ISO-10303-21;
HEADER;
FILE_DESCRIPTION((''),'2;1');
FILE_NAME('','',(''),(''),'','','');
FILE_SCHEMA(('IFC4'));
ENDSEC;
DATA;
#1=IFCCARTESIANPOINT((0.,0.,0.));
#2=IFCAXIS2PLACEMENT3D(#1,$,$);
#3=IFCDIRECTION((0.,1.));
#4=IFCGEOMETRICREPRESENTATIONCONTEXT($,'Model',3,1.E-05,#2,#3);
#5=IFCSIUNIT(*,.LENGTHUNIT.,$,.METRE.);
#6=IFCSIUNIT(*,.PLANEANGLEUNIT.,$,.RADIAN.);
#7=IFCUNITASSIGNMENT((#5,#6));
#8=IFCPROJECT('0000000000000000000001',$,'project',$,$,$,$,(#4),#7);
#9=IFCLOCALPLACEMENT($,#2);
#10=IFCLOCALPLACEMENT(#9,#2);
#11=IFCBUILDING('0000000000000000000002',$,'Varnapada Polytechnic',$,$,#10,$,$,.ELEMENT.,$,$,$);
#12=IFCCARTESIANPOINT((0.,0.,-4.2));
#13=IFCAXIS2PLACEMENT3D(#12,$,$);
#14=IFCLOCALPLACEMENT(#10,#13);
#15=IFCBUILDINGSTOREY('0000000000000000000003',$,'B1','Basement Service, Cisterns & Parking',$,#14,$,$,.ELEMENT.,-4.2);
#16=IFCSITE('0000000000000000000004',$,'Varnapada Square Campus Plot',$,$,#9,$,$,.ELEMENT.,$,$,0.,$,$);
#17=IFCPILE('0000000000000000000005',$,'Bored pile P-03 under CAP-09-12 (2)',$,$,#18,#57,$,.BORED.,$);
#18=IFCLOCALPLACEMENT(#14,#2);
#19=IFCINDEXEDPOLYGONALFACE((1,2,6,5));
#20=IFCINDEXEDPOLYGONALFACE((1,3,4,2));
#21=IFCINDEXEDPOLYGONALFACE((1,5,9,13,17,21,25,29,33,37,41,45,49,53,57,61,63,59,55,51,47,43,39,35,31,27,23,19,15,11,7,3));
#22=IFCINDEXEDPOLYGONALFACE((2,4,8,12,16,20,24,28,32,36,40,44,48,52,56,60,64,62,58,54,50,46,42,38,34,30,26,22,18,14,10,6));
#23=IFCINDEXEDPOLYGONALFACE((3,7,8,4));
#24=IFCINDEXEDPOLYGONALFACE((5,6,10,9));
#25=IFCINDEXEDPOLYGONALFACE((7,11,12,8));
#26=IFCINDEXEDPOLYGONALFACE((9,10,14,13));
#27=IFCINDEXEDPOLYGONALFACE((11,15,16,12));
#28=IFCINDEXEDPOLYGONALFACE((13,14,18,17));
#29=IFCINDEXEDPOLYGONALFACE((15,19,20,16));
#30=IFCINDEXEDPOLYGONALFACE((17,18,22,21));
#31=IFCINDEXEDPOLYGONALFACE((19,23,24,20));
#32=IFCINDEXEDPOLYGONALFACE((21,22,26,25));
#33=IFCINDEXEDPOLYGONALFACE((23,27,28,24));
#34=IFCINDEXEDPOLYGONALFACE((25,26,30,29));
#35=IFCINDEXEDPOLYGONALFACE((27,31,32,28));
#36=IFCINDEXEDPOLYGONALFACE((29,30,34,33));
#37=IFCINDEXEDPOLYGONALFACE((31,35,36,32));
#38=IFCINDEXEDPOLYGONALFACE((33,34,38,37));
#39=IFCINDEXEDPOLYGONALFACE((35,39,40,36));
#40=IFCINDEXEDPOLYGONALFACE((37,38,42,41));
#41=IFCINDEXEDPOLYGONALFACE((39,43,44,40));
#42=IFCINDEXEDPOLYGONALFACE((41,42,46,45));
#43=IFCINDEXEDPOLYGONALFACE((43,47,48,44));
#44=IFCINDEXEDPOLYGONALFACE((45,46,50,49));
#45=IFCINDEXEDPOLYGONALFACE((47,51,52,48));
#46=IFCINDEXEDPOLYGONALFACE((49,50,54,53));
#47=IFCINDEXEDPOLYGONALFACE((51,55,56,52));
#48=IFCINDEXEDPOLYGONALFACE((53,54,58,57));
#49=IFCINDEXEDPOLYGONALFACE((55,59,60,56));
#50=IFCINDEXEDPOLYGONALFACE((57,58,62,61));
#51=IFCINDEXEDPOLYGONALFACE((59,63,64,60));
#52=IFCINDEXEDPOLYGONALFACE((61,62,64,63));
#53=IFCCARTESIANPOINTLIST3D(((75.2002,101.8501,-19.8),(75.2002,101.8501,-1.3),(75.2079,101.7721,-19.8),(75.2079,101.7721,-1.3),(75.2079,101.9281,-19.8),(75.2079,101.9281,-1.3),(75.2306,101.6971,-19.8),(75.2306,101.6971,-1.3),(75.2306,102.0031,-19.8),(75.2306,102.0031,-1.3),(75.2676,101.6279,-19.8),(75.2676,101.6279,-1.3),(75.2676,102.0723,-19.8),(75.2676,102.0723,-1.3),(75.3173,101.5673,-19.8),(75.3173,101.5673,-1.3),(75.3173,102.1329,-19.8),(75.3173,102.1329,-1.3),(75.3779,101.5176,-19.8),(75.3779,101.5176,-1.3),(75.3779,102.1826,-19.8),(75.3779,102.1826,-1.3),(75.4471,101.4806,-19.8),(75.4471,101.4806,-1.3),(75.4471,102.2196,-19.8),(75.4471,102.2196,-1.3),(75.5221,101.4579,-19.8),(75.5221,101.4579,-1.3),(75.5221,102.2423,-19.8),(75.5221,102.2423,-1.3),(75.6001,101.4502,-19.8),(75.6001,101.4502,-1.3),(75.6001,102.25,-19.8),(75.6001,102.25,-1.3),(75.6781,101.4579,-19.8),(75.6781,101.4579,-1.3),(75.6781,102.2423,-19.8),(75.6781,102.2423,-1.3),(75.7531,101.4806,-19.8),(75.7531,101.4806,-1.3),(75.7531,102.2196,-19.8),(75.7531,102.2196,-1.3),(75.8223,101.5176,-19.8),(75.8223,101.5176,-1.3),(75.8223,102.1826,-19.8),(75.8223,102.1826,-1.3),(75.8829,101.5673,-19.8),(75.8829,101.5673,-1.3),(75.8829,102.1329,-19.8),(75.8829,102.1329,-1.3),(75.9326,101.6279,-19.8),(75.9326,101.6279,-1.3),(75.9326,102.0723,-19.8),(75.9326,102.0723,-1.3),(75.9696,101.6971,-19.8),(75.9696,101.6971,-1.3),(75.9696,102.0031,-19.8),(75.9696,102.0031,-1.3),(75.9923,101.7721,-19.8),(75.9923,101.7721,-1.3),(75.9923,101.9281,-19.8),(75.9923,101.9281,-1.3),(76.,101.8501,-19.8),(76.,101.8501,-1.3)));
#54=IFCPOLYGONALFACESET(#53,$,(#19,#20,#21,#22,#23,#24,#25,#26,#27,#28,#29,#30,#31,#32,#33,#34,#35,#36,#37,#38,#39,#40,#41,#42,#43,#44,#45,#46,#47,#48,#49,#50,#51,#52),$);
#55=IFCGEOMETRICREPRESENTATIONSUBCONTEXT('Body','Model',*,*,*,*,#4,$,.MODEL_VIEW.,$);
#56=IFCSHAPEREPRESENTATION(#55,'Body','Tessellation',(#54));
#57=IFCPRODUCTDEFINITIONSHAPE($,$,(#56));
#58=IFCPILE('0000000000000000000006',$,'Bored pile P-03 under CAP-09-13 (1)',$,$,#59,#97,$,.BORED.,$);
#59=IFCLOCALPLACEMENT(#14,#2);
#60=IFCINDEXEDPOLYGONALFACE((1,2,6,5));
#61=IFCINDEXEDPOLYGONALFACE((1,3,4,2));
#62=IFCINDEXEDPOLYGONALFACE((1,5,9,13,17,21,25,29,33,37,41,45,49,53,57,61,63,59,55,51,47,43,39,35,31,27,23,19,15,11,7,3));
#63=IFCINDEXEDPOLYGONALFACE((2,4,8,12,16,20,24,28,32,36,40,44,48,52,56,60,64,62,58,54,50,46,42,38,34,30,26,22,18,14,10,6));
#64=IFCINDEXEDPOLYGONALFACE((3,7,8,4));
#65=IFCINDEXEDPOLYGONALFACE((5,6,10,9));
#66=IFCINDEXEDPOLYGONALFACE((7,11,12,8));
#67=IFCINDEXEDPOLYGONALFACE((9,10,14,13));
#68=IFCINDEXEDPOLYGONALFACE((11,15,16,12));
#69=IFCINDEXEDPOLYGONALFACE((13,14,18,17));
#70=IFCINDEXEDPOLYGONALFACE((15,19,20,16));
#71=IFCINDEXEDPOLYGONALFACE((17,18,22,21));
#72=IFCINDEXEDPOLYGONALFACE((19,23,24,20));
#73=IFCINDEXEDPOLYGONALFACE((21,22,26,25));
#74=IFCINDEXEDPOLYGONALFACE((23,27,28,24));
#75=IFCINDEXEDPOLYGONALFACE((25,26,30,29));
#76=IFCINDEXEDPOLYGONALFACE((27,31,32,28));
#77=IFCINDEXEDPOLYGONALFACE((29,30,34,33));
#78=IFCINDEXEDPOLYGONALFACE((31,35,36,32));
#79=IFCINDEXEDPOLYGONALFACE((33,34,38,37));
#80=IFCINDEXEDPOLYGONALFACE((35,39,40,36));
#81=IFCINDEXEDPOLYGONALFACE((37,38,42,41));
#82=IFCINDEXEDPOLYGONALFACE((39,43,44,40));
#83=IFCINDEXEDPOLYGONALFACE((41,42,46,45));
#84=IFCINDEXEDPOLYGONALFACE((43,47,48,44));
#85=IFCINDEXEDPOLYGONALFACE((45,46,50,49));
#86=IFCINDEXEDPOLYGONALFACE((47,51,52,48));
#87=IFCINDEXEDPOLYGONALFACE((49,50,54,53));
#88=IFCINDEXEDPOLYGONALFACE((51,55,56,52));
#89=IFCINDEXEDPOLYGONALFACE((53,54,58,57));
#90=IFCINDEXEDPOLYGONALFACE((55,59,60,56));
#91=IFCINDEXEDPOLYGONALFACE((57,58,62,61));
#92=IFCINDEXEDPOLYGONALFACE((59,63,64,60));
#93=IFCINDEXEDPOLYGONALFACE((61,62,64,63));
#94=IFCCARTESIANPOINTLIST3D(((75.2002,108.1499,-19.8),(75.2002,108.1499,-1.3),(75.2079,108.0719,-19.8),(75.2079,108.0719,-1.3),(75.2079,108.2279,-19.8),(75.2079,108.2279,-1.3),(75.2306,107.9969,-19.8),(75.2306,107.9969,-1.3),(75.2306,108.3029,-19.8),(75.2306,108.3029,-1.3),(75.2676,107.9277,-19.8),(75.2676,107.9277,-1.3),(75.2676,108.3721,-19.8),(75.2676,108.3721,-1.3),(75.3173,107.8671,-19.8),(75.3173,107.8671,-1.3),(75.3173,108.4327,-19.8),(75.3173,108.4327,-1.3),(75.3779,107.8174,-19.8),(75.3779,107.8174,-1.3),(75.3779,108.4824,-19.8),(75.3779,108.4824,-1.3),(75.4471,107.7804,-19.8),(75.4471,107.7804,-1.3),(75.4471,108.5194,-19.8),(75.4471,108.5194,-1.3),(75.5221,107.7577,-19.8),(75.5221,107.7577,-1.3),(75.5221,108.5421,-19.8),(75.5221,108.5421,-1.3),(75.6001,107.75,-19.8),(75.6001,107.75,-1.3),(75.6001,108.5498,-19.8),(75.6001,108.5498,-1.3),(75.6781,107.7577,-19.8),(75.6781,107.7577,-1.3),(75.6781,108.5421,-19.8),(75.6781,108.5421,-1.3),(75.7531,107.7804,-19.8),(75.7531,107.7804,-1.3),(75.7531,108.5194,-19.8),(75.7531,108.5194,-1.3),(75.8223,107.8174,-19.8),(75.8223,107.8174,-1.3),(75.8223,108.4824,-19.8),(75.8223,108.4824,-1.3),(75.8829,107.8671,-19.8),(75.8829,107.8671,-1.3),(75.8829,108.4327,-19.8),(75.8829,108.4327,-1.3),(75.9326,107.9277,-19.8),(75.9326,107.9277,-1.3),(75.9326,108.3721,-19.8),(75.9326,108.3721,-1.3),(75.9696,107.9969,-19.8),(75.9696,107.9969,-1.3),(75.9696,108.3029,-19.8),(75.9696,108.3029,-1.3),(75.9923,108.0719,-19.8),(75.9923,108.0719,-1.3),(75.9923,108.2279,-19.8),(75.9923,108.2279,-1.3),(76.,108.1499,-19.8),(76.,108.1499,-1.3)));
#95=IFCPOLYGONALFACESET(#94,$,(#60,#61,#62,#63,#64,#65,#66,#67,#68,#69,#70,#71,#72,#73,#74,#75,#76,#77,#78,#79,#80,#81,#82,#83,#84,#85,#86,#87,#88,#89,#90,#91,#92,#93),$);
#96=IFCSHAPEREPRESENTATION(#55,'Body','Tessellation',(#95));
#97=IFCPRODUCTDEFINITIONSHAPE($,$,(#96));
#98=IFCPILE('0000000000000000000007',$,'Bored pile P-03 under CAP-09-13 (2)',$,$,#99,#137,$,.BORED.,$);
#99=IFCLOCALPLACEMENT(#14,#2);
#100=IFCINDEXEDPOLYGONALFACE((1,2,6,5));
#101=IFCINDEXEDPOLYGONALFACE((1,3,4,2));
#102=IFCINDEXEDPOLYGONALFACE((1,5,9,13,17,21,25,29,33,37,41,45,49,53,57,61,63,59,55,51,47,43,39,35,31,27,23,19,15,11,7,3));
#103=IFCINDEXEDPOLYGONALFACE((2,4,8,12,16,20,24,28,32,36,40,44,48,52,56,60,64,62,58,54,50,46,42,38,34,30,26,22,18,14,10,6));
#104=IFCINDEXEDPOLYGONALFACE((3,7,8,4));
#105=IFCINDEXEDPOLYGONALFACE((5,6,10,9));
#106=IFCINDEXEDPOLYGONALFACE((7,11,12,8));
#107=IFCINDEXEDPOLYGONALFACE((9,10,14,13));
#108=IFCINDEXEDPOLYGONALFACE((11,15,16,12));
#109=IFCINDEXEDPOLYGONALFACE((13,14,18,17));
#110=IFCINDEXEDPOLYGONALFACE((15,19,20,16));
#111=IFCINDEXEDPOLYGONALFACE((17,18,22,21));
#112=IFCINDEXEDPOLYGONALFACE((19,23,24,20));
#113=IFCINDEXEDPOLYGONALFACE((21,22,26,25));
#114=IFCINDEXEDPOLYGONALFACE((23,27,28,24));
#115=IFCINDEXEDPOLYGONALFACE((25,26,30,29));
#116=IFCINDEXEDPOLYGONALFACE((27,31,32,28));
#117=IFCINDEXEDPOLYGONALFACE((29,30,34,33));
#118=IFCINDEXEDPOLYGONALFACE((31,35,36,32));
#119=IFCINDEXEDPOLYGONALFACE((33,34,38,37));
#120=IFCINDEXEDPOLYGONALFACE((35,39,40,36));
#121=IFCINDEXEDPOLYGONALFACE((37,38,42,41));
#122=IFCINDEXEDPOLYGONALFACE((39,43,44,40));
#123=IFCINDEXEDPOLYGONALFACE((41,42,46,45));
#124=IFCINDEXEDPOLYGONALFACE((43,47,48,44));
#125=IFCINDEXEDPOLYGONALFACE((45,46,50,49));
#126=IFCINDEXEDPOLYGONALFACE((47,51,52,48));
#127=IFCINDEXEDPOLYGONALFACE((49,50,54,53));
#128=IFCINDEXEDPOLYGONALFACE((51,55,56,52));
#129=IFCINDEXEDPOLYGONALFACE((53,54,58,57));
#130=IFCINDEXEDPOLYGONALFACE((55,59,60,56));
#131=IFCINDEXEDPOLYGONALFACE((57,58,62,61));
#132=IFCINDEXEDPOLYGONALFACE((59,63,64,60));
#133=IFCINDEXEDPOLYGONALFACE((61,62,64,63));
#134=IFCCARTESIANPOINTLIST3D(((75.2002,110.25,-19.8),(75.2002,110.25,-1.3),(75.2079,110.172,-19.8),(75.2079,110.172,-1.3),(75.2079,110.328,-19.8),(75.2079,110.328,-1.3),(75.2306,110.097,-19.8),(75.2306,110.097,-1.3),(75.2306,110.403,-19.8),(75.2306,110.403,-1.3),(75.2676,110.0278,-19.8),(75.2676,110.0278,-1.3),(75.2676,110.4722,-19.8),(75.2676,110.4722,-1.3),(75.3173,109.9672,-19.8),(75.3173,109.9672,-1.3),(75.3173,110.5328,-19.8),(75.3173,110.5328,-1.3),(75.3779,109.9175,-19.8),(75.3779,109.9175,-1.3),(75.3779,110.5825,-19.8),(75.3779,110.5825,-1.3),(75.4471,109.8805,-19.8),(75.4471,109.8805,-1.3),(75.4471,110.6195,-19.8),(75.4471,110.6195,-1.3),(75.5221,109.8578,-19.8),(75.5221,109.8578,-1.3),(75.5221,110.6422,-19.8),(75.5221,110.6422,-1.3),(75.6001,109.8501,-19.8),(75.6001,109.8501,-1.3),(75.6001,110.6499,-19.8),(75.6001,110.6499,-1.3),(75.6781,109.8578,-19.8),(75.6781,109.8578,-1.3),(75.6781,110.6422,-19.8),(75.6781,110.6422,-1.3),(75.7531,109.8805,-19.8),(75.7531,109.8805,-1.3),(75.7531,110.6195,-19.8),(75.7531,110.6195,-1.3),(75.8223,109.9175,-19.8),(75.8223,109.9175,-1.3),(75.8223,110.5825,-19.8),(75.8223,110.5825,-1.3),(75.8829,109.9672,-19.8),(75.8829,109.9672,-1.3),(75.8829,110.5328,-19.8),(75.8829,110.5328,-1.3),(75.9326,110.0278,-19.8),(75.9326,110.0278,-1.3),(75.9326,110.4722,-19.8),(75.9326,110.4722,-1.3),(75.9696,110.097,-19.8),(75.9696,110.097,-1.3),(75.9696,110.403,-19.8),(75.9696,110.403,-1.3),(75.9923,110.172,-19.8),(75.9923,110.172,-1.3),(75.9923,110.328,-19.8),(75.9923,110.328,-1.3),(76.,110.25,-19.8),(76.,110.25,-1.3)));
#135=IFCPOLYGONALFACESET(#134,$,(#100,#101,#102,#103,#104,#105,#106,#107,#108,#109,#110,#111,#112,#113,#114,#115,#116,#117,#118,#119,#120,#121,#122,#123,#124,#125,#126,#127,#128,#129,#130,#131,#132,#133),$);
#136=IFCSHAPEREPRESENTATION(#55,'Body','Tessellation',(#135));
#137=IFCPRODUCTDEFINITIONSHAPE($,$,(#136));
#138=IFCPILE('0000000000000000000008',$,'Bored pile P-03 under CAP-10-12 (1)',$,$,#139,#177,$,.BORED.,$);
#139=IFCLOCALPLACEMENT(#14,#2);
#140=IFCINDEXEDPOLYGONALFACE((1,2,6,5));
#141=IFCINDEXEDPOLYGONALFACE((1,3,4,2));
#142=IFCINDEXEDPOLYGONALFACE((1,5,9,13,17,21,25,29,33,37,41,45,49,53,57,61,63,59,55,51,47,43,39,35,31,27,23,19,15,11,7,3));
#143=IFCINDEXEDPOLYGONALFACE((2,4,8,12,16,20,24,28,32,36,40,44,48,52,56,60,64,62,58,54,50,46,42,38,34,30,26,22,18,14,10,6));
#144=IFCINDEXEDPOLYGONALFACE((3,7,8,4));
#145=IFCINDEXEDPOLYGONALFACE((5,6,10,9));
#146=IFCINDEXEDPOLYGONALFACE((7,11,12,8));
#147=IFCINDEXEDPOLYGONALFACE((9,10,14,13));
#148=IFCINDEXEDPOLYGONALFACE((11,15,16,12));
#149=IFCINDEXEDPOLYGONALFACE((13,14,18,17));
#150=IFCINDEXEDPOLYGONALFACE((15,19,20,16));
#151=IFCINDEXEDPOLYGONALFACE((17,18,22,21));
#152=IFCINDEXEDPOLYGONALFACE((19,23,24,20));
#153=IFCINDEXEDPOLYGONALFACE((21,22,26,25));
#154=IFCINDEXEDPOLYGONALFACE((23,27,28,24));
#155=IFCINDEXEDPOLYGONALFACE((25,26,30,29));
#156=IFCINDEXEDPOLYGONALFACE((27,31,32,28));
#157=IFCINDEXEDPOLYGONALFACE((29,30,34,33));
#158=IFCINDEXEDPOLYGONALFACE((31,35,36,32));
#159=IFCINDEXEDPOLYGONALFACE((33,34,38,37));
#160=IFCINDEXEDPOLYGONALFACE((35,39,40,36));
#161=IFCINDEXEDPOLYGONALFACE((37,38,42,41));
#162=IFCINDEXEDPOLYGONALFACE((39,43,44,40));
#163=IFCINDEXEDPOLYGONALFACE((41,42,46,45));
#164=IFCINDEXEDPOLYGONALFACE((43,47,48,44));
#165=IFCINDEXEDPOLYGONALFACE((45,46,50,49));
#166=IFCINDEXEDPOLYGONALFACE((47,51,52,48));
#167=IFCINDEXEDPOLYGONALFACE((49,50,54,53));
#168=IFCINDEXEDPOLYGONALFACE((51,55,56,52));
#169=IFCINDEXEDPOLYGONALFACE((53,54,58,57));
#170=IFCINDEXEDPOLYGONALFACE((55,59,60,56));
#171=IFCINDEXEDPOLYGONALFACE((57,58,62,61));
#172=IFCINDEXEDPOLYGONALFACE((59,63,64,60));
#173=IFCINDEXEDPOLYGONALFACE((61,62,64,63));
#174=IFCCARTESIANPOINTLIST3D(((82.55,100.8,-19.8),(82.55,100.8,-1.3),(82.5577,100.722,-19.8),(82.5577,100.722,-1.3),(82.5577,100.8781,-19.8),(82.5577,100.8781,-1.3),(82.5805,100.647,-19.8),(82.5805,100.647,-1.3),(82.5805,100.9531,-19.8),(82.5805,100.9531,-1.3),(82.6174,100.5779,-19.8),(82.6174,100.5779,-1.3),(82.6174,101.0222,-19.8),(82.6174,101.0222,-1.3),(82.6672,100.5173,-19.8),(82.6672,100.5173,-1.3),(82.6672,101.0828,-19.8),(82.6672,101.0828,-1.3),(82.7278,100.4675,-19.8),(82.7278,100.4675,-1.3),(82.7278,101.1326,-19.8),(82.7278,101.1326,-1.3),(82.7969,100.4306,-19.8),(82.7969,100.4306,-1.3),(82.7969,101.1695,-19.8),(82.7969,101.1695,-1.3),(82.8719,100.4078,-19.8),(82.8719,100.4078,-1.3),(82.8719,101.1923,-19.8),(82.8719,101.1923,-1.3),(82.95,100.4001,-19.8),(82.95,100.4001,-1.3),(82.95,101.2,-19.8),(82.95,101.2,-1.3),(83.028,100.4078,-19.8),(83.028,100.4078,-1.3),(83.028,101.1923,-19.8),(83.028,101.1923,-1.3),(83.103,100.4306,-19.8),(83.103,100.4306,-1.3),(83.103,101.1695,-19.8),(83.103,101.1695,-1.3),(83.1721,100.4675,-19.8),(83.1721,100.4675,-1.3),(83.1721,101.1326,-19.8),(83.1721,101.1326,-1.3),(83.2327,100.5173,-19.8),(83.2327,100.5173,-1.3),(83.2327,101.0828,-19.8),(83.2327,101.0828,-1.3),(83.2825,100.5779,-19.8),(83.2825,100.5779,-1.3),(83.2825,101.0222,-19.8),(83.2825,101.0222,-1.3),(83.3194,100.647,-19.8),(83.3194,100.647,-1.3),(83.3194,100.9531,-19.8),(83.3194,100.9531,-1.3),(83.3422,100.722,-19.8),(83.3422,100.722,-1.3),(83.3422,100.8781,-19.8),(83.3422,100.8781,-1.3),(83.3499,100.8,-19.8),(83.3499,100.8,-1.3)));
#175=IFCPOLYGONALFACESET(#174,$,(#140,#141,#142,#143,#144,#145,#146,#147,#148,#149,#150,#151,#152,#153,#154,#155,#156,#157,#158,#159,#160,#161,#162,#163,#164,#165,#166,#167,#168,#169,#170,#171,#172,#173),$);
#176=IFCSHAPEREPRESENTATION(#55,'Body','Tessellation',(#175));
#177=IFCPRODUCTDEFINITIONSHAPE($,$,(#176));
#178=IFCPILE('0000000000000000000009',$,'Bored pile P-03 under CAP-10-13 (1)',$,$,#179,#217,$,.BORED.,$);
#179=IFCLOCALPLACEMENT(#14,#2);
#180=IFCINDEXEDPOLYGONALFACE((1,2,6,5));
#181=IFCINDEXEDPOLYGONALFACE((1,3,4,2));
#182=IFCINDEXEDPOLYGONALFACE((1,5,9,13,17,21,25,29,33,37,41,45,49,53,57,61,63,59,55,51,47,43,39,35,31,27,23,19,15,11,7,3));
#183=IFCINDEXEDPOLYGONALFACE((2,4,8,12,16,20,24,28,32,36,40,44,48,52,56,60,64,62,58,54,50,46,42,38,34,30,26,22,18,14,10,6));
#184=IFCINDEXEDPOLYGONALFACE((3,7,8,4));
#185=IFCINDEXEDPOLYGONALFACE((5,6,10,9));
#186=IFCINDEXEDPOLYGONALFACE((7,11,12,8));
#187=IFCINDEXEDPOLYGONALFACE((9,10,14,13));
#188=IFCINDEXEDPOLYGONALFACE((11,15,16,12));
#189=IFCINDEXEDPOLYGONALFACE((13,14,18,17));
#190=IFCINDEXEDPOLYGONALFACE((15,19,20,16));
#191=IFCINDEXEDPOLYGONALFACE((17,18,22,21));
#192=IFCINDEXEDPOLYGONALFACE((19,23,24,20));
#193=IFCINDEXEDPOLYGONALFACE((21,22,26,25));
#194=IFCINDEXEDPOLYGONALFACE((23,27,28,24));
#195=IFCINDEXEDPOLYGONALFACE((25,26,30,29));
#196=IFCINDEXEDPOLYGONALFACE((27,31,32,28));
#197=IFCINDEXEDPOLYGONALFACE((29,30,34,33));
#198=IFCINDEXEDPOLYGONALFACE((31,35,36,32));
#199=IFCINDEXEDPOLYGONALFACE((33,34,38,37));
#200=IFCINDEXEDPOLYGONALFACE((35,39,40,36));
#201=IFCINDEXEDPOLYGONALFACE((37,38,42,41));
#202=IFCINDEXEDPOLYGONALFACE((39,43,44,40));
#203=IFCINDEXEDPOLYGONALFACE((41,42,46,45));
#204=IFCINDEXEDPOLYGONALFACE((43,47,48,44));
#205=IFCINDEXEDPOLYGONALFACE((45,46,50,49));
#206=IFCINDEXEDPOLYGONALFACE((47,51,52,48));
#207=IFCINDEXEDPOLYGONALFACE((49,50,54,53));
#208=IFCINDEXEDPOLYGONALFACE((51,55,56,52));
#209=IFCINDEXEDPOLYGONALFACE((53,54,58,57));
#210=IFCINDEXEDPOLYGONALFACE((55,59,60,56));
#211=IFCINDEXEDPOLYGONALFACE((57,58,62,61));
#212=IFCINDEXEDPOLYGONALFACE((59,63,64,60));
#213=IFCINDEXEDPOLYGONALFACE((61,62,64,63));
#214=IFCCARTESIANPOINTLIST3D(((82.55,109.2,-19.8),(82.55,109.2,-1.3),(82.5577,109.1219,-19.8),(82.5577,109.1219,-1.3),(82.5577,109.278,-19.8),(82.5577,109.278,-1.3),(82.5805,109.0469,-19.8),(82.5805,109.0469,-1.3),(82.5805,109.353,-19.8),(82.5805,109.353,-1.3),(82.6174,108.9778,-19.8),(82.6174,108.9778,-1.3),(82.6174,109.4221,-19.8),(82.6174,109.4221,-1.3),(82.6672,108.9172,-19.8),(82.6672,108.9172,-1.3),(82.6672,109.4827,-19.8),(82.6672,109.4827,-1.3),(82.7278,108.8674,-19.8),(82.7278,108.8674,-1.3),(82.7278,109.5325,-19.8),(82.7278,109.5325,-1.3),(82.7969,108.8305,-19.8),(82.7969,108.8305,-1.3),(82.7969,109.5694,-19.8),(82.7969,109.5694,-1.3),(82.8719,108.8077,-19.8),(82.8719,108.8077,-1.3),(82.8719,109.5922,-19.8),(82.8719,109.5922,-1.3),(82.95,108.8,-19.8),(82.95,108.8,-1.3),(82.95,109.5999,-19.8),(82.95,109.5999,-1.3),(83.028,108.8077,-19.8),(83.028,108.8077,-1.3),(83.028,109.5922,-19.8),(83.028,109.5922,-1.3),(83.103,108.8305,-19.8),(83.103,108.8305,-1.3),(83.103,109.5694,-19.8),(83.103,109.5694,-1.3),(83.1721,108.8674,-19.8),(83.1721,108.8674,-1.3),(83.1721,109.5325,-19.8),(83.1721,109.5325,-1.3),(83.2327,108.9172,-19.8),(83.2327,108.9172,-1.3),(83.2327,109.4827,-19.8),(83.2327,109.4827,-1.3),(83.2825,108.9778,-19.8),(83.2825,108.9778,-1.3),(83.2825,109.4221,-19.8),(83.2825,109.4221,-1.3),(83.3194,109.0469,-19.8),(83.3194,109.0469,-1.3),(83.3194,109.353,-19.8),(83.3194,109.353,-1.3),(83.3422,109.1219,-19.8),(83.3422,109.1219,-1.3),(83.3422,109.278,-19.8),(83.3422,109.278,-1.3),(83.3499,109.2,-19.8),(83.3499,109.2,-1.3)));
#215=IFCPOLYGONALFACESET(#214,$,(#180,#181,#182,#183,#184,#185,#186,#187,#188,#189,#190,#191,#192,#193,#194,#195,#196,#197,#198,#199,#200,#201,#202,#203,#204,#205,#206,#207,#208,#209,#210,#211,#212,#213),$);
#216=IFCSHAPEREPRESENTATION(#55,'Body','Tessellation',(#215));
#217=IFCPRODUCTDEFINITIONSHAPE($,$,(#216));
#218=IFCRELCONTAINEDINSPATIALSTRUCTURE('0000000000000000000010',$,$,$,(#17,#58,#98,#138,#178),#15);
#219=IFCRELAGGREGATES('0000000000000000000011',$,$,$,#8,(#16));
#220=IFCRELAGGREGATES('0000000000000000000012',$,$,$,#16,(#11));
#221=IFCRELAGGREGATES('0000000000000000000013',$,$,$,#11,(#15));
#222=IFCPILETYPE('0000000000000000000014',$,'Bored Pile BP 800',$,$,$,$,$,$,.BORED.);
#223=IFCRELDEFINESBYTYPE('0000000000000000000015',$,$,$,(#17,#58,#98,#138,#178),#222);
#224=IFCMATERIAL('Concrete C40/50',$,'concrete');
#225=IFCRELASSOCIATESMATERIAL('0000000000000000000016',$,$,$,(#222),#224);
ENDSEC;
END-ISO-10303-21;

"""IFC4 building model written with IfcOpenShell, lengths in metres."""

from ifc_helpers import new_model, si_unit, direction, frame, origin, origin_2d, place, context, subcontext, project, spatial, circle, extrude, material, material_profile, profile_set, type_object, element, save


model = new_model("IFC4")

# Units and contexts
model_context = context("Model", 3, precision=1e-05, world=origin(), true_north=direction((0.0, 1.0)))
body_context = subcontext(model_context, "Body", "Model", "MODEL_VIEW")
ifc_project = project(units=[si_unit("LENGTHUNIT", "METRE"), si_unit("PLANEANGLEUNIT", "RADIAN")], contexts=[model_context])

# Site, building, storey
site_placement = place(None, origin())
site = spatial("IfcSite", under=ifc_project, at=site_placement, Name="Varnapada Square Campus Plot", CompositionType="ELEMENT", RefElevation=0.0)
building_placement = place(site_placement, origin())
building = spatial("IfcBuilding", under=site, at=building_placement, Name="Varnapada Polytechnic", CompositionType="ELEMENT")
storey_placement = place(building_placement, frame((0.0, 0.0, -4.2)))
storey = spatial("IfcBuildingStorey", under=building, at=storey_placement, Name="B1", Description="Basement Service, Cisterns & Parking", CompositionType="ELEMENT", Elevation=-4.2)

# Piles
ifc_material_1 = material(Name="Concrete C40/50", Category="concrete")
ifc_material_profile_1 = material_profile(ifc_material_1, circle(Radius=0.3999, at=origin_2d()), Name="BP 800")
ifc_profile_set_1 = profile_set([ifc_material_profile_1], Name="Concrete C40/50")
pile_type = type_object("IfcPileType", Name="Bored Pile BP 800", PredefinedType="BORED", material=ifc_profile_set_1)
for number, where, z_axis, x_axis, name in (
    (1, (75.6001, 101.8501, -1.3), (0.0, 0.0, -1.0), (1.0, 0.0, 0.0), "Bored pile P-03 under CAP-09-12 (2)"),
    (2, (75.6001, 108.1499, -1.3), (0.0, 0.0, -1.0), (1.0, 0.0, 0.0), "Bored pile P-03 under CAP-09-13 (1)"),
    (3, (75.6001, 110.25, -1.3), (0.0, 0.0, -1.0), (1.0, 0.0, 0.0), "Bored pile P-03 under CAP-09-13 (2)"),
    (4, (82.95, 100.8, -1.3), (0.0, 0.0, -1.0), (1.0, 0.0, 0.0), "Bored pile P-03 under CAP-10-12 (1)"),
    (5, (82.95, 109.2, -1.3), (0.0, 0.0, -1.0), (1.0, 0.0, 0.0), "Bored pile P-03 under CAP-10-13 (1)"),
):
    element("IfcPile", number, at=place(storey_placement, frame(where, z_axis=z_axis, x_axis=x_axis)), inside=storey, type_object=pile_type, Name=name, PredefinedType="BORED", context=body_context, shape_type="SweptSolid", body=[
        extrude(circle(Radius=0.3999, at=origin_2d()), origin(), (0.0, 0.0, 1.0), 18.5),
    ])

save(model, "model.ifc")
